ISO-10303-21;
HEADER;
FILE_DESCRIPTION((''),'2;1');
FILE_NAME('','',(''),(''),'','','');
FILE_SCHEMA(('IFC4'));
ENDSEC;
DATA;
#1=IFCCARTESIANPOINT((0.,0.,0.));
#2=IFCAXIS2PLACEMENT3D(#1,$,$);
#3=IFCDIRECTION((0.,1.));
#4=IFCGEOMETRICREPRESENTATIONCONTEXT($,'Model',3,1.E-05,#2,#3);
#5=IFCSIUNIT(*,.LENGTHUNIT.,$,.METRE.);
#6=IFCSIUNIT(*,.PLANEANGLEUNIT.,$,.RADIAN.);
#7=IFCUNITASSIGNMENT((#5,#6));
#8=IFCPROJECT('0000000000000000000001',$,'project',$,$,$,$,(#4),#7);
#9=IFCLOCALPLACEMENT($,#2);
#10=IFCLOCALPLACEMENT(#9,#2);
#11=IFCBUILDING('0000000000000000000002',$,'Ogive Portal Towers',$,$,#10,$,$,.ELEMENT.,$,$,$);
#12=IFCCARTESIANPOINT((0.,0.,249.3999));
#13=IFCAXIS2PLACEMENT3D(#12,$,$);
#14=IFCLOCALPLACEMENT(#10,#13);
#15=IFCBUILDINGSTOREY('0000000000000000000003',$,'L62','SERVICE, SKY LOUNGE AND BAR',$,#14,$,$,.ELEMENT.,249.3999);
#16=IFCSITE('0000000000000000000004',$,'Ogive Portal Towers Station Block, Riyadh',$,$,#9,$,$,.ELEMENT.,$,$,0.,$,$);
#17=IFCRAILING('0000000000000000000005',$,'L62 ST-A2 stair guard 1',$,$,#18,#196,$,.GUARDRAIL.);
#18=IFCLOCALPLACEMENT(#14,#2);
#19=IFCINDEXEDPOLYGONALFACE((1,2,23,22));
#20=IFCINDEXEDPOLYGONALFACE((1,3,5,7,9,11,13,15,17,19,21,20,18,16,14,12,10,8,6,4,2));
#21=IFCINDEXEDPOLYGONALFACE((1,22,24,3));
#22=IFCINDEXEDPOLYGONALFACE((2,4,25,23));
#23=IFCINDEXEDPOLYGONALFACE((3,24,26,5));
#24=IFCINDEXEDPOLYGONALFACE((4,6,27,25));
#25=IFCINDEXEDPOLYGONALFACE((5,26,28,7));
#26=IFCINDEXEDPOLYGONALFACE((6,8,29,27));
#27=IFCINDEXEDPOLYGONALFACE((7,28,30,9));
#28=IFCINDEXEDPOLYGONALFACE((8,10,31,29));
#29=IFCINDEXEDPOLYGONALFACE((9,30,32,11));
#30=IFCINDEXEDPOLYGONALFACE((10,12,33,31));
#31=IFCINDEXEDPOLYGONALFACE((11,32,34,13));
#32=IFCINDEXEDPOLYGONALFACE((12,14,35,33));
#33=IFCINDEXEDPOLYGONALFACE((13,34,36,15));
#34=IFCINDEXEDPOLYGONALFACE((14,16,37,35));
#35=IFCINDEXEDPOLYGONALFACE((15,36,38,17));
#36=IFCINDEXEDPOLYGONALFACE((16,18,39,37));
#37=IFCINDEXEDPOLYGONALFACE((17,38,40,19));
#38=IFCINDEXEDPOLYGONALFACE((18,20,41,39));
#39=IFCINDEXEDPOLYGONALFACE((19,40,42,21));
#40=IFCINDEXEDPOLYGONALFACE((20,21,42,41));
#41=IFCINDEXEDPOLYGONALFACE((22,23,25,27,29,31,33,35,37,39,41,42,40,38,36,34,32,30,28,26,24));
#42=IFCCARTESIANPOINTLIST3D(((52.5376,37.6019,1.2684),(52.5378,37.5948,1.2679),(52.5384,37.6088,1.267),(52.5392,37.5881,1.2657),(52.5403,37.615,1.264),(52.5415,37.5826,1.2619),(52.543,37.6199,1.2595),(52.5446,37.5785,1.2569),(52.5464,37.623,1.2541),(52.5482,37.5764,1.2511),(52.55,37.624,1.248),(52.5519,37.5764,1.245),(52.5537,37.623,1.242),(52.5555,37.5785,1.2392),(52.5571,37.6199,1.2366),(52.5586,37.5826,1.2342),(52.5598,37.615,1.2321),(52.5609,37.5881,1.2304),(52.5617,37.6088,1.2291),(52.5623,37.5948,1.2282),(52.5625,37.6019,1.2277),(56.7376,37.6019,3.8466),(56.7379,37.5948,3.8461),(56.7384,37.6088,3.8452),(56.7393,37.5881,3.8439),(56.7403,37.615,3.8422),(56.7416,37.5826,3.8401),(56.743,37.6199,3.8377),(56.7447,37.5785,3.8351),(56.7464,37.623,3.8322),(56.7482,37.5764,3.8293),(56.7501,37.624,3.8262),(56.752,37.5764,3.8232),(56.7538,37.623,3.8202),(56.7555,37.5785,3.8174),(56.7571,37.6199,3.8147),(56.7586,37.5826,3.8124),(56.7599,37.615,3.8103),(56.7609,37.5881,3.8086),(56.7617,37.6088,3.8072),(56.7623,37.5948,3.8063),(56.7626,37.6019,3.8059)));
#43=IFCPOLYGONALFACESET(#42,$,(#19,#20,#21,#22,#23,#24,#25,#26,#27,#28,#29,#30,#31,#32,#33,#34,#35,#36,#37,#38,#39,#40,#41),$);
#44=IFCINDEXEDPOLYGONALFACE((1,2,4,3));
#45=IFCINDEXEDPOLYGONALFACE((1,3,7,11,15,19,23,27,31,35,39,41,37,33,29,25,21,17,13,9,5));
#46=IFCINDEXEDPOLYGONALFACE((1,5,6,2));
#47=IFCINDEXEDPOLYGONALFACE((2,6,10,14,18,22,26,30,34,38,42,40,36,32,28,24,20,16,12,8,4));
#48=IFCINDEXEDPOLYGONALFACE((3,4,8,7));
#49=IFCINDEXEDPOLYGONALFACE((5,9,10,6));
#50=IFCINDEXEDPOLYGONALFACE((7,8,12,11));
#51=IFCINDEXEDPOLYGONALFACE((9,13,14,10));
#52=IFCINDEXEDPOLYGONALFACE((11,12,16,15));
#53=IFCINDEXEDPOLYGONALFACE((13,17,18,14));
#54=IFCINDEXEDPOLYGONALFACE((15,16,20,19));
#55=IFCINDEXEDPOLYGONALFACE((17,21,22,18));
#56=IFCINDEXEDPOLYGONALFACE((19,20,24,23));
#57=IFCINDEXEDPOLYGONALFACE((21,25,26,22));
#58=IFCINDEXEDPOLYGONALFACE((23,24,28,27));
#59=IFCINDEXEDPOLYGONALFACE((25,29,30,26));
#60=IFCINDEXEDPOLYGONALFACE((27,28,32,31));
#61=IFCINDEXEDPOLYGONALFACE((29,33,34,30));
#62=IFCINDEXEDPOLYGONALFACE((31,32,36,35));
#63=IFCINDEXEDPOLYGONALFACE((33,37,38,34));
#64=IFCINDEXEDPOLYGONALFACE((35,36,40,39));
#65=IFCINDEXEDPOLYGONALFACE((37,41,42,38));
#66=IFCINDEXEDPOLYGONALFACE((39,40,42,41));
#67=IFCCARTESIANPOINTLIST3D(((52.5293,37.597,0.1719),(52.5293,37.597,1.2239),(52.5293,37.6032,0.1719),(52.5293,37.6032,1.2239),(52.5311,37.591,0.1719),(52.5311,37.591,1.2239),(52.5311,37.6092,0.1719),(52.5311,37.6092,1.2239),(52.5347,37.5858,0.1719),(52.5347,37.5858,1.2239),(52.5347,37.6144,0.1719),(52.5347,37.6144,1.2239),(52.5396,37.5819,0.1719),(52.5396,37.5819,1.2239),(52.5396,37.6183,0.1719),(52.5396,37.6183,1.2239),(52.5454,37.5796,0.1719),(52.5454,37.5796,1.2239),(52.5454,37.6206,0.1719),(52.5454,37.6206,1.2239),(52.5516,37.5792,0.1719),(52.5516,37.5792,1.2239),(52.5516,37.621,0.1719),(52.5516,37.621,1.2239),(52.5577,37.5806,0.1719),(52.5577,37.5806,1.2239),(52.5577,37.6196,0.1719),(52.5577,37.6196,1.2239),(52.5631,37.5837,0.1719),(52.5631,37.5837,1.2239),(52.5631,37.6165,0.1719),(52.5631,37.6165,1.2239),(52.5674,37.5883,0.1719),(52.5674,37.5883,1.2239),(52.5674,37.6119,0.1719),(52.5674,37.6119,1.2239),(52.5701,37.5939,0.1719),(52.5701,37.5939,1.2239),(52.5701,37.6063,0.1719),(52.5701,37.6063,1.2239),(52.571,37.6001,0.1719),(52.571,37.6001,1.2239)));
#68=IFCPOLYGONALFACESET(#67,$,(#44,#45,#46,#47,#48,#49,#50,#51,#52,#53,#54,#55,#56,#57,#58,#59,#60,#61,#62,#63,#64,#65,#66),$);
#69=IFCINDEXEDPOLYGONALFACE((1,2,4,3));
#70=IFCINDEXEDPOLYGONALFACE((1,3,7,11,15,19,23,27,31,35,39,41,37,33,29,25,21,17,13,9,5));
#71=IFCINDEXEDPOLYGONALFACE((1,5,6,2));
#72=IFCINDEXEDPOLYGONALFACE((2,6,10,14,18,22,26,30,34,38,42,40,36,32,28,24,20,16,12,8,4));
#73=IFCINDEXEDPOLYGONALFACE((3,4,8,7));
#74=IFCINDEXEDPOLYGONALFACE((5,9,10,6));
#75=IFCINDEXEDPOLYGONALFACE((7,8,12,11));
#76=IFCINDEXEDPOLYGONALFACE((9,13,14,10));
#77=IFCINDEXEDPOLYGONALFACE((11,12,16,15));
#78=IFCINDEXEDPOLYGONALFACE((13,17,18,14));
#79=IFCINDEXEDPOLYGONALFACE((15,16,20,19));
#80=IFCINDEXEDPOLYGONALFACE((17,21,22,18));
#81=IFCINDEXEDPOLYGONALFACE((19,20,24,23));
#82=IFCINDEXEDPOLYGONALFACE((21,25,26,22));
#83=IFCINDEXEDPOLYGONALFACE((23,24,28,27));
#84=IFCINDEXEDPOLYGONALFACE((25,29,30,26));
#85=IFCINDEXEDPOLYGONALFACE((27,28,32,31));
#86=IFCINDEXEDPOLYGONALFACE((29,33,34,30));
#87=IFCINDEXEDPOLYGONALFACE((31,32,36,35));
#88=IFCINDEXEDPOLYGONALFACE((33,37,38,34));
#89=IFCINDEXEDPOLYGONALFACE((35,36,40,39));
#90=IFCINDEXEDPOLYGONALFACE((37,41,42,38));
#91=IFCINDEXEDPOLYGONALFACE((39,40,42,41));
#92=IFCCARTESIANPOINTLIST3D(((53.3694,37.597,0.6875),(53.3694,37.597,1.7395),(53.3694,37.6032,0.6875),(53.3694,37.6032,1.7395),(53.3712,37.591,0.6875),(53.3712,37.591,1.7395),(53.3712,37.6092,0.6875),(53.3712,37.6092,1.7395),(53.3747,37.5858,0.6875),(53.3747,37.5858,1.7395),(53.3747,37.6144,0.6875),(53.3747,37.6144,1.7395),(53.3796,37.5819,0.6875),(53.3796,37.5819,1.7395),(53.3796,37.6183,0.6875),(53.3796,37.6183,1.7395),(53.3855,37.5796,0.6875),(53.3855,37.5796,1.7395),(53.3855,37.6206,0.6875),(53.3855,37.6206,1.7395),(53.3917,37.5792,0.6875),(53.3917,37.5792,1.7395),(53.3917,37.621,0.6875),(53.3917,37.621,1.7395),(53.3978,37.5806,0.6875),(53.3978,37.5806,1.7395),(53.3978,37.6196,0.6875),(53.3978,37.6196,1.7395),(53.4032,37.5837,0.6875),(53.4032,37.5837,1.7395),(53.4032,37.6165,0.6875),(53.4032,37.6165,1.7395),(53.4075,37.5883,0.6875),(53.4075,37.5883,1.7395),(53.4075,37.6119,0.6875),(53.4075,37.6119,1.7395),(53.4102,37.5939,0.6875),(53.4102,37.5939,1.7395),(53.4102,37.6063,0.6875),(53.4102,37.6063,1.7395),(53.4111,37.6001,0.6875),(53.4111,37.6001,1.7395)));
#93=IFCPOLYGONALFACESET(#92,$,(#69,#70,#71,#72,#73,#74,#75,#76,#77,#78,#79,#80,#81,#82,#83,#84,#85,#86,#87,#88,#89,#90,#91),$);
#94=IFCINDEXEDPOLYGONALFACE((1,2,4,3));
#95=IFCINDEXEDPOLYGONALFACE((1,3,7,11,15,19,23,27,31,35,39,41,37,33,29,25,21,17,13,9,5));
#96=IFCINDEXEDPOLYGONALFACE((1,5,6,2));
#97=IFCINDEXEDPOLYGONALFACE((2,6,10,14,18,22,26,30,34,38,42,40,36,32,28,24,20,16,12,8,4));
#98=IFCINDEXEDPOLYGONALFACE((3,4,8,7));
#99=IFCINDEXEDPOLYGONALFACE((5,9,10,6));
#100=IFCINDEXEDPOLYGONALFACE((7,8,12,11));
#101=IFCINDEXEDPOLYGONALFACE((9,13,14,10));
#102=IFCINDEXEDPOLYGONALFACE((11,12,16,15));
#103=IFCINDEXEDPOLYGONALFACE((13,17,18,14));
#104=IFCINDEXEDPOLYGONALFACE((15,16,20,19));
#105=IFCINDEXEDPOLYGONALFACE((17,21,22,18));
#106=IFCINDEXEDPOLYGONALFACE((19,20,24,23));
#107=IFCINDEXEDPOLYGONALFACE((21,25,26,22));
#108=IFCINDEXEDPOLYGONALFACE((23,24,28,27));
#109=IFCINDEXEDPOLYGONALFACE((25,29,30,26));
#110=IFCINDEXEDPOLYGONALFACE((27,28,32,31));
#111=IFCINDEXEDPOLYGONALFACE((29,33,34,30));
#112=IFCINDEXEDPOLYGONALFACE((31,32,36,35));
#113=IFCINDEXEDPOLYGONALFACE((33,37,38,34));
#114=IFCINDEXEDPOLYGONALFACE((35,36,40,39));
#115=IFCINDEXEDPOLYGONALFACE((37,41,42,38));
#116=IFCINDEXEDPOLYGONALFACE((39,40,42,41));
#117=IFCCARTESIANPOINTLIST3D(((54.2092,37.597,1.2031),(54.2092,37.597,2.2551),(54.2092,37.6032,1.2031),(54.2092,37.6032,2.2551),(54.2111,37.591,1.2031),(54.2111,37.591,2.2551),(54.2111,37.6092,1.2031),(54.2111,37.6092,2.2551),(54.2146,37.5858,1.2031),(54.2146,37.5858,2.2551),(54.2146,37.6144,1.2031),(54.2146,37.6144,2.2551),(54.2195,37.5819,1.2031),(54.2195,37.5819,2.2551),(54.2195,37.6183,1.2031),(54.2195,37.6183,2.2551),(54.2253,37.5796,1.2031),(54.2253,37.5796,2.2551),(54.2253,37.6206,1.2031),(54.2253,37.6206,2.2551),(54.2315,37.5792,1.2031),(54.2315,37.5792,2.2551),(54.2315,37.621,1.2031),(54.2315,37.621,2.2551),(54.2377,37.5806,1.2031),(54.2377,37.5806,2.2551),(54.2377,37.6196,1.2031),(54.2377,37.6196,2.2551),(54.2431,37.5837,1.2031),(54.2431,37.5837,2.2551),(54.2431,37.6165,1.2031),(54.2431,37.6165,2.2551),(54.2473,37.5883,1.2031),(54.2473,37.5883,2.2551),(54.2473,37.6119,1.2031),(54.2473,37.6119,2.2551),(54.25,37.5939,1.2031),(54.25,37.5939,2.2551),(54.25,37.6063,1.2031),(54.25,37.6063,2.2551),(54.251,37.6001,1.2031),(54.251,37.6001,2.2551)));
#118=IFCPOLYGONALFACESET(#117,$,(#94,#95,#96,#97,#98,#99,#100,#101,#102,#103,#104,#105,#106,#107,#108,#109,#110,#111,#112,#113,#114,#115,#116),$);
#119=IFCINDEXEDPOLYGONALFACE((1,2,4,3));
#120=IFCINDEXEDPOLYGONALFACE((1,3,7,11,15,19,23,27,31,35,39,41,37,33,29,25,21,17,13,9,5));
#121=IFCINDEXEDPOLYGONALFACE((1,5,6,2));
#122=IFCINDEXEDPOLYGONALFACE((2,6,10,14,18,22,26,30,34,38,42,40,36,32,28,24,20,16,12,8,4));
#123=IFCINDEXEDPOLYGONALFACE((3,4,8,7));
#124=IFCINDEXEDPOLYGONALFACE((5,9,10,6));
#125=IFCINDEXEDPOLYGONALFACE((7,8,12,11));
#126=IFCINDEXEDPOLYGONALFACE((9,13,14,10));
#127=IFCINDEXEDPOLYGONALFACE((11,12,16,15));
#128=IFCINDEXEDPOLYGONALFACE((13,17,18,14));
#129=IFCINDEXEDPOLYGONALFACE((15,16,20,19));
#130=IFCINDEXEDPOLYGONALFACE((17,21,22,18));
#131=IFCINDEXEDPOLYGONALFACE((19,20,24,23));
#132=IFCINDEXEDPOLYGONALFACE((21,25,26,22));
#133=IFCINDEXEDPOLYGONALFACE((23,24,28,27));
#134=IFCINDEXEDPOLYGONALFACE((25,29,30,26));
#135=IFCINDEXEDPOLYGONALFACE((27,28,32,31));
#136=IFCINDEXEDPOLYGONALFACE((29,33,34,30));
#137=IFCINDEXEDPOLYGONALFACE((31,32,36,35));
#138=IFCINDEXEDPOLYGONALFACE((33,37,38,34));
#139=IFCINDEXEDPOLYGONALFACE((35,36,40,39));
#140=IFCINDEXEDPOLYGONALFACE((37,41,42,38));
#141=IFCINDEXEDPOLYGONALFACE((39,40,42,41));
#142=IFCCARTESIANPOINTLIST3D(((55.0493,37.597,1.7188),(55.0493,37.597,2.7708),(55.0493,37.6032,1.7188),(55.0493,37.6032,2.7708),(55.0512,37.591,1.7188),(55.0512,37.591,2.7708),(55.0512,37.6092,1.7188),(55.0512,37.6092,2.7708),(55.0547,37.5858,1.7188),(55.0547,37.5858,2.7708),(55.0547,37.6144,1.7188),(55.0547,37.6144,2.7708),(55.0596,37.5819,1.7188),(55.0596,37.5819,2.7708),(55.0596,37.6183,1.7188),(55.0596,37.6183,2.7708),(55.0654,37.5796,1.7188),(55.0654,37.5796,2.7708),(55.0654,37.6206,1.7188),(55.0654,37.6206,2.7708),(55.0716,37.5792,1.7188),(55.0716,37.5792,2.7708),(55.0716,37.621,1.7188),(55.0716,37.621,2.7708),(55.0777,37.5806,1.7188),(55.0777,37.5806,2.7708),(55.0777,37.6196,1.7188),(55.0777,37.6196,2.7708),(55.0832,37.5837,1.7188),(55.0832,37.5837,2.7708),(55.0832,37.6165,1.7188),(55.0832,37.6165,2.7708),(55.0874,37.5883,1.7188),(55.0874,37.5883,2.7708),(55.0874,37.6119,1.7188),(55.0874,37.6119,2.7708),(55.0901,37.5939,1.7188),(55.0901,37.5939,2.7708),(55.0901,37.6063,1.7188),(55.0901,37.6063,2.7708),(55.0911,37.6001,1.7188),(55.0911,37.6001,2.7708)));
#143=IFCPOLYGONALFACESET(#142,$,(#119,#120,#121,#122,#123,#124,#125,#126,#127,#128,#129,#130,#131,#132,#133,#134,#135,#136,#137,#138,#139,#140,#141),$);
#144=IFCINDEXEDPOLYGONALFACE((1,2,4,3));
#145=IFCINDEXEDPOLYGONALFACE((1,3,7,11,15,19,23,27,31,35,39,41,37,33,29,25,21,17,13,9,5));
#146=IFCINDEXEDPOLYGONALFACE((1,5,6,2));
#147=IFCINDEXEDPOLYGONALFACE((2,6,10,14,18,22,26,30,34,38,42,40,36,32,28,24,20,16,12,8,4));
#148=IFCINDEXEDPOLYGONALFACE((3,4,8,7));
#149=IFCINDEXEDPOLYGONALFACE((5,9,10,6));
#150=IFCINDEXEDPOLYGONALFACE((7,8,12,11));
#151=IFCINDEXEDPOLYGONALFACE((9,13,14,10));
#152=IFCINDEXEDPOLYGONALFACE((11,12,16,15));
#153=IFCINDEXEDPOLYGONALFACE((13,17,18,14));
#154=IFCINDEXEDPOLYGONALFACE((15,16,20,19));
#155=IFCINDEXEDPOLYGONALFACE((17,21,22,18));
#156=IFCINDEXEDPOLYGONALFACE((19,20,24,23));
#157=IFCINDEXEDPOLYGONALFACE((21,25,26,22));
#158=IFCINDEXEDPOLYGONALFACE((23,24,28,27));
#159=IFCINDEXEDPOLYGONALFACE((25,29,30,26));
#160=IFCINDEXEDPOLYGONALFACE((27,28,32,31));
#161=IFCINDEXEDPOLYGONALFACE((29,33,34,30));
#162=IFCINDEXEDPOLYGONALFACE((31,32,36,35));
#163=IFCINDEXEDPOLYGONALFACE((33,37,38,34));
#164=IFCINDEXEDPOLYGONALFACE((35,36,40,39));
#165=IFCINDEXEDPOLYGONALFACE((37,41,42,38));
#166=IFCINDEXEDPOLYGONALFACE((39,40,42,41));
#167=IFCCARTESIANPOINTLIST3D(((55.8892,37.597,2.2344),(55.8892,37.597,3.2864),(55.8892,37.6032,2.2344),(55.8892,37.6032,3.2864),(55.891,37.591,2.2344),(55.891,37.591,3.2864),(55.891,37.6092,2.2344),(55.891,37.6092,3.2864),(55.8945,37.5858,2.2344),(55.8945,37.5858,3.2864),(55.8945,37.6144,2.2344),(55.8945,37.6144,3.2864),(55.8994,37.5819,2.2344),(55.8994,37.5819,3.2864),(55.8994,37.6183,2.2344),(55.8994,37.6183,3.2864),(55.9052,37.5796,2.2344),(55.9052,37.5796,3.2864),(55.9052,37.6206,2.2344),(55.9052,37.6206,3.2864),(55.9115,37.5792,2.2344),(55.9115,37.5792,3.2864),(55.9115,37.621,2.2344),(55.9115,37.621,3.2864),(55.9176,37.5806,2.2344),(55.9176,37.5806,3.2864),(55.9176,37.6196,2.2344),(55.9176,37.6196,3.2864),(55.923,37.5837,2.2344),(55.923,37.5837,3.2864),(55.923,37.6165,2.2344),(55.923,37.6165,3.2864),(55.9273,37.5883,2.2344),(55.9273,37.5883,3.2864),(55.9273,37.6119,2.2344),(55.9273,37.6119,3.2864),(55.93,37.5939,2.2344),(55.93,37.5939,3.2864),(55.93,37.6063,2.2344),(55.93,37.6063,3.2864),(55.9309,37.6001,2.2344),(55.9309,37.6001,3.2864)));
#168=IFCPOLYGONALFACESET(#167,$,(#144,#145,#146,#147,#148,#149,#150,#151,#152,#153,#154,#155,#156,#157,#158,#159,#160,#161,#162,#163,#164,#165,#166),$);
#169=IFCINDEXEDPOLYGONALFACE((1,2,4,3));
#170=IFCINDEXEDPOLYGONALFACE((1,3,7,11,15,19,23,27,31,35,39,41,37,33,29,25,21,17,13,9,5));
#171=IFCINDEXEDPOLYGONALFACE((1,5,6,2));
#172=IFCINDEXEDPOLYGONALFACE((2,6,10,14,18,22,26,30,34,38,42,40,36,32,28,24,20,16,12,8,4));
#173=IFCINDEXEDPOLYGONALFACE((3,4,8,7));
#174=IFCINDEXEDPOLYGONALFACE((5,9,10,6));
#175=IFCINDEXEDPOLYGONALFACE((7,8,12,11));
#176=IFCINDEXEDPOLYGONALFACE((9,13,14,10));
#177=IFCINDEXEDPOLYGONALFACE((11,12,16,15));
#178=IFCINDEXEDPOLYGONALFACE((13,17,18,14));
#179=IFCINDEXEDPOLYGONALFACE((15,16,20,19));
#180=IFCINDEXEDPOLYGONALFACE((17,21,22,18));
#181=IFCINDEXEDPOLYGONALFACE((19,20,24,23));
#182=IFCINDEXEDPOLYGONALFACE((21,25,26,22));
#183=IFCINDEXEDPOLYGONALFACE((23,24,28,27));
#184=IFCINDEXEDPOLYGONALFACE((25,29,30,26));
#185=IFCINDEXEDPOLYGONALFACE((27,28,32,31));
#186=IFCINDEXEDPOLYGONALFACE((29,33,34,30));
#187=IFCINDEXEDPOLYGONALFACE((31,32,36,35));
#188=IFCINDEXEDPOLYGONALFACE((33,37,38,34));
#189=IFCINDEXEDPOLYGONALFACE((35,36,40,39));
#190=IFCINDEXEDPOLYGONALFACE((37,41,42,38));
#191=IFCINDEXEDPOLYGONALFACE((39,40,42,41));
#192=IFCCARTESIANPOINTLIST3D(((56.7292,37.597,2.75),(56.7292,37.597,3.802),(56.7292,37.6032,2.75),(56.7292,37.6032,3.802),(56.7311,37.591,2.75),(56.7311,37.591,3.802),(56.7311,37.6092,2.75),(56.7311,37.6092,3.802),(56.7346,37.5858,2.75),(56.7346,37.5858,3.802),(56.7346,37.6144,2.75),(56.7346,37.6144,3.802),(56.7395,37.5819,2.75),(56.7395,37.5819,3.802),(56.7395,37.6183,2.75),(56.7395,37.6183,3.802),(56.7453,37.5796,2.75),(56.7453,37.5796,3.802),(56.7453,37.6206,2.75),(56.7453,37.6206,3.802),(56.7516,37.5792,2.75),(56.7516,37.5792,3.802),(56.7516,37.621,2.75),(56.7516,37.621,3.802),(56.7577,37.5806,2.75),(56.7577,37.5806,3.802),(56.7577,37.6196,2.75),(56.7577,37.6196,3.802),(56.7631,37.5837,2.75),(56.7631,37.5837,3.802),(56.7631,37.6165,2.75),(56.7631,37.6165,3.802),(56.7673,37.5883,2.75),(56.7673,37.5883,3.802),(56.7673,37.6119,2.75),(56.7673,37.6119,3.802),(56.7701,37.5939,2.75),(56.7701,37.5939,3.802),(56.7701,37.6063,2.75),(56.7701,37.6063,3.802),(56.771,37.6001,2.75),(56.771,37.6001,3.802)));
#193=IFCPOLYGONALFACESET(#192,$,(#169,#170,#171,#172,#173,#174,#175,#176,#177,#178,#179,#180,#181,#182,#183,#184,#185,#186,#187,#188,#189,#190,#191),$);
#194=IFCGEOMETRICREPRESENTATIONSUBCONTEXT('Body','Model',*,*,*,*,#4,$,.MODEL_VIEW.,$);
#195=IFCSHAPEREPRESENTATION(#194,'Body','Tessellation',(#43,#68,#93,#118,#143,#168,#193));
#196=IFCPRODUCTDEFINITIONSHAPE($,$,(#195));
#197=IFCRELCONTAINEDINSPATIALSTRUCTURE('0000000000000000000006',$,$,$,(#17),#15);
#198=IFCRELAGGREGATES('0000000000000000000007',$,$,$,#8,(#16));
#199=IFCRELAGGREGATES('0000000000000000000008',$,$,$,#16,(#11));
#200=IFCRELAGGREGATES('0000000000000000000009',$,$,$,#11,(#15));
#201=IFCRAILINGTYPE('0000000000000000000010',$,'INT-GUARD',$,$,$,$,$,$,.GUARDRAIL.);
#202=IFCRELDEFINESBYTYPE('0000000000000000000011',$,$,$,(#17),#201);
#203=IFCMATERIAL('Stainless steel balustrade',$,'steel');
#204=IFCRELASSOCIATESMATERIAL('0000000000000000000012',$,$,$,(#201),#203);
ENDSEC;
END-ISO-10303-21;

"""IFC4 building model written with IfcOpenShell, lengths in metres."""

from ifc_helpers import new_model, si_unit, direction, frame, origin, origin_2d, place, context, subcontext, project, spatial, circle, extrude, material, type_object, element, save


model = new_model("IFC4")

# Units and contexts
model_context = context("Model", 3, precision=1e-05, world=origin(), true_north=direction((0.0, 1.0)))
body_context = subcontext(model_context, "Body", "Model", "MODEL_VIEW")
ifc_project = project(units=[si_unit("LENGTHUNIT", "METRE"), si_unit("PLANEANGLEUNIT", "RADIAN")], contexts=[model_context])

# Site, building, storey
site_placement = place(None, origin())
site = spatial("IfcSite", under=ifc_project, at=site_placement, Name="Ogive Portal Towers Station Block, Riyadh", CompositionType="ELEMENT", RefElevation=0.0)
building_placement = place(site_placement, origin())
building = spatial("IfcBuilding", under=site, at=building_placement, Name="Ogive Portal Towers", CompositionType="ELEMENT")
storey_placement = place(building_placement, frame((0.0, 0.0, 249.3999)))
storey = spatial("IfcBuildingStorey", under=building, at=storey_placement, Name="L62", Description="SERVICE, SKY LOUNGE AND BAR", CompositionType="ELEMENT", Elevation=249.3999)

# Railing
ifc_material_1 = material(Name="Stainless steel balustrade", Category="steel")
railing_type_1 = type_object("IfcRailingType", Name="INT-GUARD", PredefinedType="GUARDRAIL", material=ifc_material_1)
railing_1_placement = place(storey_placement, frame((52.55, 37.6001, 0.1719)))
element("IfcRailing", 1, at=railing_1_placement, inside=storey, type_object=railing_type_1, Name="L62 ST-A2 stair guard 1", PredefinedType="GUARDRAIL", context=body_context, shape_type="SweptSolid", body=[
    extrude(circle(Radius=0.0239, at=origin_2d()), frame((0.0, 0.0, 1.0762), z_axis=(0.852243, 0.0, 0.523146), x_axis=(0.0, 1.0, 0.0)), (0.0, 0.0, 1.0), 4.9282),
    extrude(circle(Radius=0.021, at=origin_2d()), origin(), (0.0, 0.0, 1.0), 1.052),
    extrude(circle(Radius=0.021, at=origin_2d()), frame((0.8401, 0.0, 0.5156)), (0.0, 0.0, 1.0), 1.052),
    extrude(circle(Radius=0.021, at=origin_2d()), frame((1.6799, 0.0, 1.0312)), (0.0, 0.0, 1.0), 1.052),
    extrude(circle(Radius=0.021, at=origin_2d()), frame((2.52, 0.0, 1.5469)), (0.0, 0.0, 1.0), 1.052),
    extrude(circle(Radius=0.021, at=origin_2d()), frame((3.3599, 0.0, 2.0625)), (0.0, 0.0, 1.0), 1.052),
    extrude(circle(Radius=0.021, at=origin_2d()), frame((4.2, 0.0, 2.5781)), (0.0, 0.0, 1.0), 1.052),
])

save(model, "model.ifc")
